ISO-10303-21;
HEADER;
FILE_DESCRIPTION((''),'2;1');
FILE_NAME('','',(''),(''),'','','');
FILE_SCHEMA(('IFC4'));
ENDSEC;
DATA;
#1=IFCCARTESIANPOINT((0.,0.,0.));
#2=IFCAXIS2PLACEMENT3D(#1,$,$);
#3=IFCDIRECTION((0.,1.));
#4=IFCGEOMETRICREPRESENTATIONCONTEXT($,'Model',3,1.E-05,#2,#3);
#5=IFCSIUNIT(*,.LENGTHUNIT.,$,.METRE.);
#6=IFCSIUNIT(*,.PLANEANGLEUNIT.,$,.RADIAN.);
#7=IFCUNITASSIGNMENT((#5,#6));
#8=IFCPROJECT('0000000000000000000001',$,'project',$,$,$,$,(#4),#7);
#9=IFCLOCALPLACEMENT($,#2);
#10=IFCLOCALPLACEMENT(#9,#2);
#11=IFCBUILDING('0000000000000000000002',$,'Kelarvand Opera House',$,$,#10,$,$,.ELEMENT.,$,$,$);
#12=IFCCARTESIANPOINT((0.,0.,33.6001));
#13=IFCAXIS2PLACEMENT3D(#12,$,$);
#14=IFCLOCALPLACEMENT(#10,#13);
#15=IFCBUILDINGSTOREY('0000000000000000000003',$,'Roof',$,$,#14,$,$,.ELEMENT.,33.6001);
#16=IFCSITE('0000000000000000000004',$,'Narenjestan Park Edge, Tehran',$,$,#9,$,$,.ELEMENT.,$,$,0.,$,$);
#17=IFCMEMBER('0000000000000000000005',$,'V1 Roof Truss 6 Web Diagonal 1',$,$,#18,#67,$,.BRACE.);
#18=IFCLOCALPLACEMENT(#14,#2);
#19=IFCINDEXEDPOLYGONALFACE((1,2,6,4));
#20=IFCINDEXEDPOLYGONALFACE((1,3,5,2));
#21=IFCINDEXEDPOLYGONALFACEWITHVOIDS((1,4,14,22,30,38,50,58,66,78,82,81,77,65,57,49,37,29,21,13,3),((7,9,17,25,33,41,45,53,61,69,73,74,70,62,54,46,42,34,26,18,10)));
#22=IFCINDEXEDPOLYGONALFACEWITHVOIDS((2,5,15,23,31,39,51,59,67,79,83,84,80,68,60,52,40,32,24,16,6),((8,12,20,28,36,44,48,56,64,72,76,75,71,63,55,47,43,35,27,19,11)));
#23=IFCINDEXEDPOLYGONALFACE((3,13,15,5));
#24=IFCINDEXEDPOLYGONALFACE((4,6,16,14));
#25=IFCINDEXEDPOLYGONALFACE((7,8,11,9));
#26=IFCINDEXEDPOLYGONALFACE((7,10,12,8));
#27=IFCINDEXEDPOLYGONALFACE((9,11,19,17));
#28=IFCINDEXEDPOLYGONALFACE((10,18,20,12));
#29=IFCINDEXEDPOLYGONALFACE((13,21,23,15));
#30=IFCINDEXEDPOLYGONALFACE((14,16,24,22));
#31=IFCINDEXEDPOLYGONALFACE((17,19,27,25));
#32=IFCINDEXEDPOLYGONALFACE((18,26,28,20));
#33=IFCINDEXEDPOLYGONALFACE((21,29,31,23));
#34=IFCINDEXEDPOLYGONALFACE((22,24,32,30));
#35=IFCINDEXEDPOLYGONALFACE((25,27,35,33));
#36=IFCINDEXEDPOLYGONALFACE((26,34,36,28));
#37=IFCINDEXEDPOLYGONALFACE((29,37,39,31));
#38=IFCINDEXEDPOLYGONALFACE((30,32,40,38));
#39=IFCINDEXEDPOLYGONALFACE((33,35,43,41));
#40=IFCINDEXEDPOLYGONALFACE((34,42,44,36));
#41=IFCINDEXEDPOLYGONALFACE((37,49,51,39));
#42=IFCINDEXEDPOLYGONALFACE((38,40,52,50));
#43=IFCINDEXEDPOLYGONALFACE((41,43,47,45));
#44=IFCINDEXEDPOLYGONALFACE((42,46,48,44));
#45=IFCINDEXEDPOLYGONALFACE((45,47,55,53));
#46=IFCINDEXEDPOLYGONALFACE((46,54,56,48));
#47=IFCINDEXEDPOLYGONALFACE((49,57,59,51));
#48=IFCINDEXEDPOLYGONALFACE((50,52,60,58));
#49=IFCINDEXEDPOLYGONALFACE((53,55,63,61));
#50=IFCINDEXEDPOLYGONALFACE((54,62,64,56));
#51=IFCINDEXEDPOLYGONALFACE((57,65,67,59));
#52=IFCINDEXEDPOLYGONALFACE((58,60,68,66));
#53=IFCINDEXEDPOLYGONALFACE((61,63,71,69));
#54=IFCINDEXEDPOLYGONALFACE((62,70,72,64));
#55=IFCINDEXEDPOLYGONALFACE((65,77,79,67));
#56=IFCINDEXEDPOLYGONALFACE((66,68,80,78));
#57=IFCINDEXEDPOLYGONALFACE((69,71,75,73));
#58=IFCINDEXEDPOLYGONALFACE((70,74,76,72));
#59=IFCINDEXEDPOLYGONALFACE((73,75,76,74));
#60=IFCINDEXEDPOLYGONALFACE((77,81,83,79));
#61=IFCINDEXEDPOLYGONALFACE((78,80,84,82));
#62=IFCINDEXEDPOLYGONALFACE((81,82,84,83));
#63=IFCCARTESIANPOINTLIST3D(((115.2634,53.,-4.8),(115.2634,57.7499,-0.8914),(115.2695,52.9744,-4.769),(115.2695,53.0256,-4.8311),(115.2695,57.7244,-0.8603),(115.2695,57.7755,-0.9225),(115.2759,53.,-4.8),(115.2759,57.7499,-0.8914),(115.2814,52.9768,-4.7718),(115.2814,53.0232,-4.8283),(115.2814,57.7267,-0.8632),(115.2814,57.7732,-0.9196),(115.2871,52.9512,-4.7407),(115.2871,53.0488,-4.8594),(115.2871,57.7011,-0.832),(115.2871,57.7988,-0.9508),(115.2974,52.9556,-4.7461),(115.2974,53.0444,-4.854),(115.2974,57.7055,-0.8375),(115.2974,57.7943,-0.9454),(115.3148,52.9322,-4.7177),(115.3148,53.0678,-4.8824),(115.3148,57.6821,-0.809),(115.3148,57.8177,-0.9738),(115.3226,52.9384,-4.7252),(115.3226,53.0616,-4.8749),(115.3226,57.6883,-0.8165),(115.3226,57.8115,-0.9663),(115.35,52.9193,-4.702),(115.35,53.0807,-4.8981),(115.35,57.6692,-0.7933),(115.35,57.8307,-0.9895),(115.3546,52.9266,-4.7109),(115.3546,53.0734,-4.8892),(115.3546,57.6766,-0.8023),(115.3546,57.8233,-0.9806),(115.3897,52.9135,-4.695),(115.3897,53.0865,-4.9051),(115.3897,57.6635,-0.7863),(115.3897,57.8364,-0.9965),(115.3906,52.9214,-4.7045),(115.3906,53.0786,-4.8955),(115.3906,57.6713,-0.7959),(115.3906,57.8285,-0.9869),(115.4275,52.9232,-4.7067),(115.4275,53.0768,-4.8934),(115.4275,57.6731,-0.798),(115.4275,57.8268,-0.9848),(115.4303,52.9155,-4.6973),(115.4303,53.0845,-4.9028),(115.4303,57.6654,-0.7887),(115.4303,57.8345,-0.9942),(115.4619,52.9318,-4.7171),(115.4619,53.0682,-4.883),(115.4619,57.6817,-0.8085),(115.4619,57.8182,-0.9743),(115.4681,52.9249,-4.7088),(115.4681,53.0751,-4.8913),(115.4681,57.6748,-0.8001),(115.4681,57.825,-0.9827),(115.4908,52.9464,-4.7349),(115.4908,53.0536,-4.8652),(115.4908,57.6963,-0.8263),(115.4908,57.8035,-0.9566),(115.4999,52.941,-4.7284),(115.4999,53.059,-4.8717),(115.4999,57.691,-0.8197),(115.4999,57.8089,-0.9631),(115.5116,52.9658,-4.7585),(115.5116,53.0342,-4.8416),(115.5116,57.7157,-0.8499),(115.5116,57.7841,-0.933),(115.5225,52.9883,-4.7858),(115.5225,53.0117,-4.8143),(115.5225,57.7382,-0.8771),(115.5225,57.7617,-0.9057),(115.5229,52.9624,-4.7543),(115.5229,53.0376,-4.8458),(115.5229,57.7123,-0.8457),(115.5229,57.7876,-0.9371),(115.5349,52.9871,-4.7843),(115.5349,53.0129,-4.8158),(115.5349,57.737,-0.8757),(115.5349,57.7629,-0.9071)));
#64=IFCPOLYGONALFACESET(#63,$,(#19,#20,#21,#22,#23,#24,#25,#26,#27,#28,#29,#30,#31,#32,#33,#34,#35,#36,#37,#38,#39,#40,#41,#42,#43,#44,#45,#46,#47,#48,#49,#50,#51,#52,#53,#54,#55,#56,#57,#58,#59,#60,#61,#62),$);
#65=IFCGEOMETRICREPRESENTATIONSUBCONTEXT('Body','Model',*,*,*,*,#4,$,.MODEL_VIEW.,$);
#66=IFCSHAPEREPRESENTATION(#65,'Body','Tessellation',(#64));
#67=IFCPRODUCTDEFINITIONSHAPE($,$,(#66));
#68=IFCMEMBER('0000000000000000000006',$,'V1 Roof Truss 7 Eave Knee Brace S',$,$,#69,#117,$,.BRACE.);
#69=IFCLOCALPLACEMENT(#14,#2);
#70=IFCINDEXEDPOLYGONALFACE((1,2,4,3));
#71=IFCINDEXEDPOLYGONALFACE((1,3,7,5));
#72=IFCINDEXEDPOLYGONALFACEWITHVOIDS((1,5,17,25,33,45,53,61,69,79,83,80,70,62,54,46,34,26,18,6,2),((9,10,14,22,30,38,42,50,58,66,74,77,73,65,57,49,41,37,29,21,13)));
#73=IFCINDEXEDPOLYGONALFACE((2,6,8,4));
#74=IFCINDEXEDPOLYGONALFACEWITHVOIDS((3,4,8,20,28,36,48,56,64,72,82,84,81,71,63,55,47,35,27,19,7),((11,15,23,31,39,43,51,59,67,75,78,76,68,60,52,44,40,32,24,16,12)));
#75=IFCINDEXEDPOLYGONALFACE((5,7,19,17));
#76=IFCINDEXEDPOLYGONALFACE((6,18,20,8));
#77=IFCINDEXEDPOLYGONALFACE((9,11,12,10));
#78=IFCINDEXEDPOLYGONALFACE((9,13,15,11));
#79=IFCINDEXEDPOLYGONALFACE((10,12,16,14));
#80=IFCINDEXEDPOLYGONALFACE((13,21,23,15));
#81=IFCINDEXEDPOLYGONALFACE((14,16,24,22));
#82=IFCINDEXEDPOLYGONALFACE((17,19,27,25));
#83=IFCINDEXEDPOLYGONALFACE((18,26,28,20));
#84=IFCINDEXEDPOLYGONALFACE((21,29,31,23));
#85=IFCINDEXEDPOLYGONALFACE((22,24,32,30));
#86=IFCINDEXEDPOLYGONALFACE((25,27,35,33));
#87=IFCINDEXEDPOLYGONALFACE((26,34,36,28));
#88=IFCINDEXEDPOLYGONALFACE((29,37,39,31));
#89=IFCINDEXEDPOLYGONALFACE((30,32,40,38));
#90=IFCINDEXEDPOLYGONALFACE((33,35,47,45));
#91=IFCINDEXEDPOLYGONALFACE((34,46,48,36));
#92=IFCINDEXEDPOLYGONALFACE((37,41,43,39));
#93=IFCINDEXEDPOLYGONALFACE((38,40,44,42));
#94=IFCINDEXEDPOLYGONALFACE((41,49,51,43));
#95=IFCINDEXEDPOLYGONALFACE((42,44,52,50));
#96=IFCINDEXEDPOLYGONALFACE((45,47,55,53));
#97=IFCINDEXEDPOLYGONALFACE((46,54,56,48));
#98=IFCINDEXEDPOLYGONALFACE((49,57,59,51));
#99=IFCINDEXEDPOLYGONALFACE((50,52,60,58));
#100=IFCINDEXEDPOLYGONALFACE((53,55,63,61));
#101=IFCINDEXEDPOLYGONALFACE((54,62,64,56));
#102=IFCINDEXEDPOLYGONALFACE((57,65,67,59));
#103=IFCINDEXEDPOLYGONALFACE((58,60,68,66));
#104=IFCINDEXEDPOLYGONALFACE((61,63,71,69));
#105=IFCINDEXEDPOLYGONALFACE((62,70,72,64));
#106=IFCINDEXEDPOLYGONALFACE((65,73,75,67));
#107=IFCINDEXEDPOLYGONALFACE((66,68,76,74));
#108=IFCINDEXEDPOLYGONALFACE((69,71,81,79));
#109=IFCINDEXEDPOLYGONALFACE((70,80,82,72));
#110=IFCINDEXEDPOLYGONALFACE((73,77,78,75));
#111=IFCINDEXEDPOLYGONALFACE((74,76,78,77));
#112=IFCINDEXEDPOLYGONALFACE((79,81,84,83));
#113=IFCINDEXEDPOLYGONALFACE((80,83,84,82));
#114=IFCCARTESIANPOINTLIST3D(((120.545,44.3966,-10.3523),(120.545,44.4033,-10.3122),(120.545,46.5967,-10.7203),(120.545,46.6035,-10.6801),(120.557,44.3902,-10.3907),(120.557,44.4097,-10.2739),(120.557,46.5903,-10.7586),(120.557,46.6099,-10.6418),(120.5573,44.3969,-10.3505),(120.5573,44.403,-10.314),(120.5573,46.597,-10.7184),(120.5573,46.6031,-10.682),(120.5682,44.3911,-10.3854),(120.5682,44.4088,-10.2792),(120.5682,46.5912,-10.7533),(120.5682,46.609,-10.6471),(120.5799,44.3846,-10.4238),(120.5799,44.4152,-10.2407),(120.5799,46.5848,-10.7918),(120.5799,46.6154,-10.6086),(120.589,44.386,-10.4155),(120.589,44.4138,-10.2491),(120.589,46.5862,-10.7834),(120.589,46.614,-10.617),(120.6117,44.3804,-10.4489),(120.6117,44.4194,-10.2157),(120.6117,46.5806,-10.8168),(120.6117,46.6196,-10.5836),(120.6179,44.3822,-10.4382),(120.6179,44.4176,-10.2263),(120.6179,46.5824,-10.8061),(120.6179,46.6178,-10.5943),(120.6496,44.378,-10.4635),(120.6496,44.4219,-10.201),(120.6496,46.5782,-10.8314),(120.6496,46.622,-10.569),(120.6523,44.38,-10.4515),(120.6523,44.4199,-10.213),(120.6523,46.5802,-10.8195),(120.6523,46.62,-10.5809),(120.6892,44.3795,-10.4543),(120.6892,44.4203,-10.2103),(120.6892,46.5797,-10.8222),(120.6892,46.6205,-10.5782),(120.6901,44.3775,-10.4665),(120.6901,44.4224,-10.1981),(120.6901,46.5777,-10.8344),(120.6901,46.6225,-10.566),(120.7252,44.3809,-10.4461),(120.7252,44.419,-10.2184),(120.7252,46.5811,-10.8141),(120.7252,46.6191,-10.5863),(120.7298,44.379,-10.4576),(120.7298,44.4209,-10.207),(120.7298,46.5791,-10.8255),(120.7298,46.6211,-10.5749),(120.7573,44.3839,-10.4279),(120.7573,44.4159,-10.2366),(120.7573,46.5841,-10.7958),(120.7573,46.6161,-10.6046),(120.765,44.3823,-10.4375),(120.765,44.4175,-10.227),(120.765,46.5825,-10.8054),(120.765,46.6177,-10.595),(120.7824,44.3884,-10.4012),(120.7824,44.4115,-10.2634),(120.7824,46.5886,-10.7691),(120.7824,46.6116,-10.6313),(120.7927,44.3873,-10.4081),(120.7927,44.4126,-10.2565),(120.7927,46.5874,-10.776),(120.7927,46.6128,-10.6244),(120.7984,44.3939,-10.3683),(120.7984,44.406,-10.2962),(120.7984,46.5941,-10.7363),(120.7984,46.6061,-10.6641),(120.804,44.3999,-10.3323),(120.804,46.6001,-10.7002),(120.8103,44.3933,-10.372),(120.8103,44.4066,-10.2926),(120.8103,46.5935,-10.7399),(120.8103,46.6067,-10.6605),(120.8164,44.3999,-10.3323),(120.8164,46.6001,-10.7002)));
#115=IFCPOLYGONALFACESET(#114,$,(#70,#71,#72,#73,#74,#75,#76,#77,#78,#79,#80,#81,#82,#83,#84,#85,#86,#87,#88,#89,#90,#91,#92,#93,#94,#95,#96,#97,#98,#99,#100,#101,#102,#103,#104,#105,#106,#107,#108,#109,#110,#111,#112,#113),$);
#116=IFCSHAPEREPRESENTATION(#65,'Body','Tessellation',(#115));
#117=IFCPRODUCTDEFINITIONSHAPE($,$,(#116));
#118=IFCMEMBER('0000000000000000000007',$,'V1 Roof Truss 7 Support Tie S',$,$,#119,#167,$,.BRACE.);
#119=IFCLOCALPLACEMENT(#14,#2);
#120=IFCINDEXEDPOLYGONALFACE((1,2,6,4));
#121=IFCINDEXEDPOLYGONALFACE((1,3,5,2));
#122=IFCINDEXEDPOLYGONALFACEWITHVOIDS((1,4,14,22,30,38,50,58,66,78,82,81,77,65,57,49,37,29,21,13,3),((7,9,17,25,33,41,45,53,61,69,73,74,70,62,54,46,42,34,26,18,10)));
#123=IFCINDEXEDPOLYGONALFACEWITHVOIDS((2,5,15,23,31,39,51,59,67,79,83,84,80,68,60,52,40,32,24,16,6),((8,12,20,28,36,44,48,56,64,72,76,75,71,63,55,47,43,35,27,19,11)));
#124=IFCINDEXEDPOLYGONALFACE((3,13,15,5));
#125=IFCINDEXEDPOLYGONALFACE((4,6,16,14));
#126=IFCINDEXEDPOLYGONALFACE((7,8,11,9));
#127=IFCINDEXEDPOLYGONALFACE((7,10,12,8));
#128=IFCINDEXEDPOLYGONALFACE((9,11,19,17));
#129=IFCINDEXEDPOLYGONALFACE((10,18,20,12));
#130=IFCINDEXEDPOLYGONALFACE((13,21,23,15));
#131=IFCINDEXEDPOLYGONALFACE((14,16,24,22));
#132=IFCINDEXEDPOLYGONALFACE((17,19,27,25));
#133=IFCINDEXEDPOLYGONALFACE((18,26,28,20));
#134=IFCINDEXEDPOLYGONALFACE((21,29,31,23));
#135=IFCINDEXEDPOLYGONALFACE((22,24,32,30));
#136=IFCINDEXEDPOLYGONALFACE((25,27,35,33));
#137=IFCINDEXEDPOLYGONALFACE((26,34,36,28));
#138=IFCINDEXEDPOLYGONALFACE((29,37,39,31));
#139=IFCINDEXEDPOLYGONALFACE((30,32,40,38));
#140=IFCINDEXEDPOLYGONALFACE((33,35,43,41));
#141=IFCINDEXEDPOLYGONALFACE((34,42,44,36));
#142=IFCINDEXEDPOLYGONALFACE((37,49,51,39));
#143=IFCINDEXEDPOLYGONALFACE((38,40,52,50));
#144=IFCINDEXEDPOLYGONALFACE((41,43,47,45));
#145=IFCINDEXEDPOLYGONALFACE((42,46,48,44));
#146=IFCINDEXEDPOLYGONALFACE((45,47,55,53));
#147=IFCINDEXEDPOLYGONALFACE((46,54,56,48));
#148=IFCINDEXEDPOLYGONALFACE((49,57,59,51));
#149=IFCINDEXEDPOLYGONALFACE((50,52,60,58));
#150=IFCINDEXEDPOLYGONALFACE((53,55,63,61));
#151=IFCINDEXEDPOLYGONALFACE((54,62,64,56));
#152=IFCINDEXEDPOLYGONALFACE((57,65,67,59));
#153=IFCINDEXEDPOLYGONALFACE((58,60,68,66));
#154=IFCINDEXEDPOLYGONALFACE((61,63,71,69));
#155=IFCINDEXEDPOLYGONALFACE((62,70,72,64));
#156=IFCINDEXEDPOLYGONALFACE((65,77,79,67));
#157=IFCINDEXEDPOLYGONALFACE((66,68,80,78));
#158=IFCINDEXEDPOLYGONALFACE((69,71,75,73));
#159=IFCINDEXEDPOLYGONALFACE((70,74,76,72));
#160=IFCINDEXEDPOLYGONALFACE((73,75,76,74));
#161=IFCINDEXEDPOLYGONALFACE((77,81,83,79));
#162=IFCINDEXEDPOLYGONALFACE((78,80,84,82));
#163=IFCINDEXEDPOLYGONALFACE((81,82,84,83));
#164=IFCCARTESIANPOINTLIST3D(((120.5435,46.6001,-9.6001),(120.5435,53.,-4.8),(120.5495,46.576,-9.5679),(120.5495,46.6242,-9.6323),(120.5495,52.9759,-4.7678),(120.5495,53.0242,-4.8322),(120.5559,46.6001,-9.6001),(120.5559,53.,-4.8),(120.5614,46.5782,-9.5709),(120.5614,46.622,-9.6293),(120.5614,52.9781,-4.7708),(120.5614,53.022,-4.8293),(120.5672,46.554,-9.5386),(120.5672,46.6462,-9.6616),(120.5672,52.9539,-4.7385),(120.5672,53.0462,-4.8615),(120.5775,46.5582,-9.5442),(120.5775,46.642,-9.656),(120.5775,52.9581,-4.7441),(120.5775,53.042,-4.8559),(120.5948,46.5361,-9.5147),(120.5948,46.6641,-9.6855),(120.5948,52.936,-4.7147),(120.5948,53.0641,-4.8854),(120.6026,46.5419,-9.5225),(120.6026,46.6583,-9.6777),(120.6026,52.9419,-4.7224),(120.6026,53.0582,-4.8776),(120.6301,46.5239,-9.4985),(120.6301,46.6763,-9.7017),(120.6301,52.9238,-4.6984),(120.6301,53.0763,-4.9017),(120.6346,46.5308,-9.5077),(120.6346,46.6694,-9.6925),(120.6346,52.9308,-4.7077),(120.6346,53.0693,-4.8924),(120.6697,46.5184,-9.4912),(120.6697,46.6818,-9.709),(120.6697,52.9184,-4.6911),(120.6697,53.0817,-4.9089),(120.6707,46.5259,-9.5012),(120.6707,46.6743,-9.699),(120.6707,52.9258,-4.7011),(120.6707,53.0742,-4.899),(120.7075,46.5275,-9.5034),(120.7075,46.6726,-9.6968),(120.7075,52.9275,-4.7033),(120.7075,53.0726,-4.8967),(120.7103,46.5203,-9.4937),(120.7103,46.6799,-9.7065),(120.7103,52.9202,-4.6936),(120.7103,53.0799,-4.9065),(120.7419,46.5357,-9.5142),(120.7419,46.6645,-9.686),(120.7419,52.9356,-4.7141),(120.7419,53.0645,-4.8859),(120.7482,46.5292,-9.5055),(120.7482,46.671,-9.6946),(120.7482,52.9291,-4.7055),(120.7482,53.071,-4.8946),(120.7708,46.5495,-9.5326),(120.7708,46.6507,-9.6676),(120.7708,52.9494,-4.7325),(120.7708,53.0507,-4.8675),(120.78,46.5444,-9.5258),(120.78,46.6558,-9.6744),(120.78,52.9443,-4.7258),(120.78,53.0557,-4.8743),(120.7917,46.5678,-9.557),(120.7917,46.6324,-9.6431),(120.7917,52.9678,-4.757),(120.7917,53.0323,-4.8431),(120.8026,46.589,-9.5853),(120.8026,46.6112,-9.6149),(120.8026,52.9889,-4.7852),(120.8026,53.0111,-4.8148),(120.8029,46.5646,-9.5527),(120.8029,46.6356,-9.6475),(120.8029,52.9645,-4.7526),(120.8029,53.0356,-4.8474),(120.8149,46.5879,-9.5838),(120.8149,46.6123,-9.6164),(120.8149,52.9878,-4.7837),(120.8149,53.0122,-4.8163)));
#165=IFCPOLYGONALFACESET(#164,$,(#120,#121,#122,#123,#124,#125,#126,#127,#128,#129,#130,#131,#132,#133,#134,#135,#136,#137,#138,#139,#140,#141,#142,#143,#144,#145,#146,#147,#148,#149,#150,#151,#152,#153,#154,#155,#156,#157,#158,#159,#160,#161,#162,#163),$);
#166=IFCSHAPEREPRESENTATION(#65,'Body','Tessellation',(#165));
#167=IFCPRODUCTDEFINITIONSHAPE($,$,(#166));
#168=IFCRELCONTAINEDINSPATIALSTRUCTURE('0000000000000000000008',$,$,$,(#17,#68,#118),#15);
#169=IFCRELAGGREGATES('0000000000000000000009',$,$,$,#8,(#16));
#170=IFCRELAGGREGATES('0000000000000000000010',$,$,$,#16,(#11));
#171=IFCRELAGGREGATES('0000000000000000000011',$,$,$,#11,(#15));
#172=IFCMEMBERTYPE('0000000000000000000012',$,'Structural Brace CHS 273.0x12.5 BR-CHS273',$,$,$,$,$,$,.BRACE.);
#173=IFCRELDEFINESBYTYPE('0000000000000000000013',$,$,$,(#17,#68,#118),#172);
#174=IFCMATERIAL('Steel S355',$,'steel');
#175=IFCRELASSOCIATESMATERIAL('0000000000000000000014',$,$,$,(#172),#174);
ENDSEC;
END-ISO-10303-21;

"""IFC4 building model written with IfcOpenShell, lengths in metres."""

from ifc_helpers import new_model, si_unit, direction, frame, origin, origin_2d, place, context, subcontext, project, spatial, hollow_circle, extrude, material, material_profile, profile_set, type_object, element, save


model = new_model("IFC4")

# Units and contexts
model_context = context("Model", 3, precision=1e-05, world=origin(), true_north=direction((0.0, 1.0)))
body_context = subcontext(model_context, "Body", "Model", "MODEL_VIEW")
ifc_project = project(units=[si_unit("LENGTHUNIT", "METRE"), si_unit("PLANEANGLEUNIT", "RADIAN")], contexts=[model_context])

# Site, building, storey
site_placement = place(None, origin())
site = spatial("IfcSite", under=ifc_project, at=site_placement, Name="Narenjestan Park Edge, Tehran", CompositionType="ELEMENT", RefElevation=0.0)
building_placement = place(site_placement, origin())
building = spatial("IfcBuilding", under=site, at=building_placement, Name="Kelarvand Opera House", CompositionType="ELEMENT")
storey_placement = place(building_placement, frame((0.0, 0.0, 33.6001)))
storey = spatial("IfcBuildingStorey", under=building, at=storey_placement, Name="Roof", CompositionType="ELEMENT", Elevation=33.6001)

# Members
ifc_material = material(Name="Steel S355", Category="steel")
ifc_material_profile_1 = material_profile(ifc_material, hollow_circle(Radius=0.1365, WallThickness=0.0125, at=origin_2d()), Name="CHS 273.0x12.5", Category="steel")
ifc_profile_set_1 = profile_set([ifc_material_profile_1], Name="Steel S355")
member_type_1 = type_object("IfcMemberType", Name="Structural Brace CHS 273.0x12.5 BR-CHS273", PredefinedType="BRACE", material=ifc_profile_set_1)
member_1_placement = place(storey_placement, frame((115.3999, 53.0, -4.8), z_axis=(0.0, 0.772175, 0.63541), x_axis=(-1.0, 0.0, 0.0)))
element("IfcMember", 1, at=member_1_placement, inside=storey, type_object=member_type_1, Name="V1 Roof Truss 6 Web Diagonal 1", PredefinedType="BRACE", context=body_context, shape_type="SweptSolid", body=[
    extrude(hollow_circle(Radius=0.1365, WallThickness=0.0125, at=origin_2d()), origin(), (0.0, 0.0, 1.0), 6.1514),
])
member_2_placement = place(storey_placement, frame((120.6799, 46.6001, -10.7002), z_axis=(0.0, -0.986305, 0.164931), x_axis=(1.0, 0.0, 0.0)))
element("IfcMember", 2, at=member_2_placement, inside=storey, type_object=member_type_1, Name="V1 Roof Truss 7 Eave Knee Brace S", PredefinedType="BRACE", context=body_context, shape_type="SweptSolid", body=[
    extrude(hollow_circle(Radius=0.1365, WallThickness=0.0125, at=origin_2d()), origin(), (0.0, 0.0, 1.0), 2.2307),
])
member_3_placement = place(storey_placement, frame((120.6799, 46.6001, -9.6001), z_axis=(0.0, 0.799993, 0.60001), x_axis=(-1.0, 0.0, 0.0)))
element("IfcMember", 3, at=member_3_placement, inside=storey, type_object=member_type_1, Name="V1 Roof Truss 7 Support Tie S", PredefinedType="BRACE", context=body_context, shape_type="SweptSolid", body=[
    extrude(hollow_circle(Radius=0.1365, WallThickness=0.0125, at=origin_2d()), origin(), (0.0, 0.0, 1.0), 8.0),
])

save(model, "model.ifc")
